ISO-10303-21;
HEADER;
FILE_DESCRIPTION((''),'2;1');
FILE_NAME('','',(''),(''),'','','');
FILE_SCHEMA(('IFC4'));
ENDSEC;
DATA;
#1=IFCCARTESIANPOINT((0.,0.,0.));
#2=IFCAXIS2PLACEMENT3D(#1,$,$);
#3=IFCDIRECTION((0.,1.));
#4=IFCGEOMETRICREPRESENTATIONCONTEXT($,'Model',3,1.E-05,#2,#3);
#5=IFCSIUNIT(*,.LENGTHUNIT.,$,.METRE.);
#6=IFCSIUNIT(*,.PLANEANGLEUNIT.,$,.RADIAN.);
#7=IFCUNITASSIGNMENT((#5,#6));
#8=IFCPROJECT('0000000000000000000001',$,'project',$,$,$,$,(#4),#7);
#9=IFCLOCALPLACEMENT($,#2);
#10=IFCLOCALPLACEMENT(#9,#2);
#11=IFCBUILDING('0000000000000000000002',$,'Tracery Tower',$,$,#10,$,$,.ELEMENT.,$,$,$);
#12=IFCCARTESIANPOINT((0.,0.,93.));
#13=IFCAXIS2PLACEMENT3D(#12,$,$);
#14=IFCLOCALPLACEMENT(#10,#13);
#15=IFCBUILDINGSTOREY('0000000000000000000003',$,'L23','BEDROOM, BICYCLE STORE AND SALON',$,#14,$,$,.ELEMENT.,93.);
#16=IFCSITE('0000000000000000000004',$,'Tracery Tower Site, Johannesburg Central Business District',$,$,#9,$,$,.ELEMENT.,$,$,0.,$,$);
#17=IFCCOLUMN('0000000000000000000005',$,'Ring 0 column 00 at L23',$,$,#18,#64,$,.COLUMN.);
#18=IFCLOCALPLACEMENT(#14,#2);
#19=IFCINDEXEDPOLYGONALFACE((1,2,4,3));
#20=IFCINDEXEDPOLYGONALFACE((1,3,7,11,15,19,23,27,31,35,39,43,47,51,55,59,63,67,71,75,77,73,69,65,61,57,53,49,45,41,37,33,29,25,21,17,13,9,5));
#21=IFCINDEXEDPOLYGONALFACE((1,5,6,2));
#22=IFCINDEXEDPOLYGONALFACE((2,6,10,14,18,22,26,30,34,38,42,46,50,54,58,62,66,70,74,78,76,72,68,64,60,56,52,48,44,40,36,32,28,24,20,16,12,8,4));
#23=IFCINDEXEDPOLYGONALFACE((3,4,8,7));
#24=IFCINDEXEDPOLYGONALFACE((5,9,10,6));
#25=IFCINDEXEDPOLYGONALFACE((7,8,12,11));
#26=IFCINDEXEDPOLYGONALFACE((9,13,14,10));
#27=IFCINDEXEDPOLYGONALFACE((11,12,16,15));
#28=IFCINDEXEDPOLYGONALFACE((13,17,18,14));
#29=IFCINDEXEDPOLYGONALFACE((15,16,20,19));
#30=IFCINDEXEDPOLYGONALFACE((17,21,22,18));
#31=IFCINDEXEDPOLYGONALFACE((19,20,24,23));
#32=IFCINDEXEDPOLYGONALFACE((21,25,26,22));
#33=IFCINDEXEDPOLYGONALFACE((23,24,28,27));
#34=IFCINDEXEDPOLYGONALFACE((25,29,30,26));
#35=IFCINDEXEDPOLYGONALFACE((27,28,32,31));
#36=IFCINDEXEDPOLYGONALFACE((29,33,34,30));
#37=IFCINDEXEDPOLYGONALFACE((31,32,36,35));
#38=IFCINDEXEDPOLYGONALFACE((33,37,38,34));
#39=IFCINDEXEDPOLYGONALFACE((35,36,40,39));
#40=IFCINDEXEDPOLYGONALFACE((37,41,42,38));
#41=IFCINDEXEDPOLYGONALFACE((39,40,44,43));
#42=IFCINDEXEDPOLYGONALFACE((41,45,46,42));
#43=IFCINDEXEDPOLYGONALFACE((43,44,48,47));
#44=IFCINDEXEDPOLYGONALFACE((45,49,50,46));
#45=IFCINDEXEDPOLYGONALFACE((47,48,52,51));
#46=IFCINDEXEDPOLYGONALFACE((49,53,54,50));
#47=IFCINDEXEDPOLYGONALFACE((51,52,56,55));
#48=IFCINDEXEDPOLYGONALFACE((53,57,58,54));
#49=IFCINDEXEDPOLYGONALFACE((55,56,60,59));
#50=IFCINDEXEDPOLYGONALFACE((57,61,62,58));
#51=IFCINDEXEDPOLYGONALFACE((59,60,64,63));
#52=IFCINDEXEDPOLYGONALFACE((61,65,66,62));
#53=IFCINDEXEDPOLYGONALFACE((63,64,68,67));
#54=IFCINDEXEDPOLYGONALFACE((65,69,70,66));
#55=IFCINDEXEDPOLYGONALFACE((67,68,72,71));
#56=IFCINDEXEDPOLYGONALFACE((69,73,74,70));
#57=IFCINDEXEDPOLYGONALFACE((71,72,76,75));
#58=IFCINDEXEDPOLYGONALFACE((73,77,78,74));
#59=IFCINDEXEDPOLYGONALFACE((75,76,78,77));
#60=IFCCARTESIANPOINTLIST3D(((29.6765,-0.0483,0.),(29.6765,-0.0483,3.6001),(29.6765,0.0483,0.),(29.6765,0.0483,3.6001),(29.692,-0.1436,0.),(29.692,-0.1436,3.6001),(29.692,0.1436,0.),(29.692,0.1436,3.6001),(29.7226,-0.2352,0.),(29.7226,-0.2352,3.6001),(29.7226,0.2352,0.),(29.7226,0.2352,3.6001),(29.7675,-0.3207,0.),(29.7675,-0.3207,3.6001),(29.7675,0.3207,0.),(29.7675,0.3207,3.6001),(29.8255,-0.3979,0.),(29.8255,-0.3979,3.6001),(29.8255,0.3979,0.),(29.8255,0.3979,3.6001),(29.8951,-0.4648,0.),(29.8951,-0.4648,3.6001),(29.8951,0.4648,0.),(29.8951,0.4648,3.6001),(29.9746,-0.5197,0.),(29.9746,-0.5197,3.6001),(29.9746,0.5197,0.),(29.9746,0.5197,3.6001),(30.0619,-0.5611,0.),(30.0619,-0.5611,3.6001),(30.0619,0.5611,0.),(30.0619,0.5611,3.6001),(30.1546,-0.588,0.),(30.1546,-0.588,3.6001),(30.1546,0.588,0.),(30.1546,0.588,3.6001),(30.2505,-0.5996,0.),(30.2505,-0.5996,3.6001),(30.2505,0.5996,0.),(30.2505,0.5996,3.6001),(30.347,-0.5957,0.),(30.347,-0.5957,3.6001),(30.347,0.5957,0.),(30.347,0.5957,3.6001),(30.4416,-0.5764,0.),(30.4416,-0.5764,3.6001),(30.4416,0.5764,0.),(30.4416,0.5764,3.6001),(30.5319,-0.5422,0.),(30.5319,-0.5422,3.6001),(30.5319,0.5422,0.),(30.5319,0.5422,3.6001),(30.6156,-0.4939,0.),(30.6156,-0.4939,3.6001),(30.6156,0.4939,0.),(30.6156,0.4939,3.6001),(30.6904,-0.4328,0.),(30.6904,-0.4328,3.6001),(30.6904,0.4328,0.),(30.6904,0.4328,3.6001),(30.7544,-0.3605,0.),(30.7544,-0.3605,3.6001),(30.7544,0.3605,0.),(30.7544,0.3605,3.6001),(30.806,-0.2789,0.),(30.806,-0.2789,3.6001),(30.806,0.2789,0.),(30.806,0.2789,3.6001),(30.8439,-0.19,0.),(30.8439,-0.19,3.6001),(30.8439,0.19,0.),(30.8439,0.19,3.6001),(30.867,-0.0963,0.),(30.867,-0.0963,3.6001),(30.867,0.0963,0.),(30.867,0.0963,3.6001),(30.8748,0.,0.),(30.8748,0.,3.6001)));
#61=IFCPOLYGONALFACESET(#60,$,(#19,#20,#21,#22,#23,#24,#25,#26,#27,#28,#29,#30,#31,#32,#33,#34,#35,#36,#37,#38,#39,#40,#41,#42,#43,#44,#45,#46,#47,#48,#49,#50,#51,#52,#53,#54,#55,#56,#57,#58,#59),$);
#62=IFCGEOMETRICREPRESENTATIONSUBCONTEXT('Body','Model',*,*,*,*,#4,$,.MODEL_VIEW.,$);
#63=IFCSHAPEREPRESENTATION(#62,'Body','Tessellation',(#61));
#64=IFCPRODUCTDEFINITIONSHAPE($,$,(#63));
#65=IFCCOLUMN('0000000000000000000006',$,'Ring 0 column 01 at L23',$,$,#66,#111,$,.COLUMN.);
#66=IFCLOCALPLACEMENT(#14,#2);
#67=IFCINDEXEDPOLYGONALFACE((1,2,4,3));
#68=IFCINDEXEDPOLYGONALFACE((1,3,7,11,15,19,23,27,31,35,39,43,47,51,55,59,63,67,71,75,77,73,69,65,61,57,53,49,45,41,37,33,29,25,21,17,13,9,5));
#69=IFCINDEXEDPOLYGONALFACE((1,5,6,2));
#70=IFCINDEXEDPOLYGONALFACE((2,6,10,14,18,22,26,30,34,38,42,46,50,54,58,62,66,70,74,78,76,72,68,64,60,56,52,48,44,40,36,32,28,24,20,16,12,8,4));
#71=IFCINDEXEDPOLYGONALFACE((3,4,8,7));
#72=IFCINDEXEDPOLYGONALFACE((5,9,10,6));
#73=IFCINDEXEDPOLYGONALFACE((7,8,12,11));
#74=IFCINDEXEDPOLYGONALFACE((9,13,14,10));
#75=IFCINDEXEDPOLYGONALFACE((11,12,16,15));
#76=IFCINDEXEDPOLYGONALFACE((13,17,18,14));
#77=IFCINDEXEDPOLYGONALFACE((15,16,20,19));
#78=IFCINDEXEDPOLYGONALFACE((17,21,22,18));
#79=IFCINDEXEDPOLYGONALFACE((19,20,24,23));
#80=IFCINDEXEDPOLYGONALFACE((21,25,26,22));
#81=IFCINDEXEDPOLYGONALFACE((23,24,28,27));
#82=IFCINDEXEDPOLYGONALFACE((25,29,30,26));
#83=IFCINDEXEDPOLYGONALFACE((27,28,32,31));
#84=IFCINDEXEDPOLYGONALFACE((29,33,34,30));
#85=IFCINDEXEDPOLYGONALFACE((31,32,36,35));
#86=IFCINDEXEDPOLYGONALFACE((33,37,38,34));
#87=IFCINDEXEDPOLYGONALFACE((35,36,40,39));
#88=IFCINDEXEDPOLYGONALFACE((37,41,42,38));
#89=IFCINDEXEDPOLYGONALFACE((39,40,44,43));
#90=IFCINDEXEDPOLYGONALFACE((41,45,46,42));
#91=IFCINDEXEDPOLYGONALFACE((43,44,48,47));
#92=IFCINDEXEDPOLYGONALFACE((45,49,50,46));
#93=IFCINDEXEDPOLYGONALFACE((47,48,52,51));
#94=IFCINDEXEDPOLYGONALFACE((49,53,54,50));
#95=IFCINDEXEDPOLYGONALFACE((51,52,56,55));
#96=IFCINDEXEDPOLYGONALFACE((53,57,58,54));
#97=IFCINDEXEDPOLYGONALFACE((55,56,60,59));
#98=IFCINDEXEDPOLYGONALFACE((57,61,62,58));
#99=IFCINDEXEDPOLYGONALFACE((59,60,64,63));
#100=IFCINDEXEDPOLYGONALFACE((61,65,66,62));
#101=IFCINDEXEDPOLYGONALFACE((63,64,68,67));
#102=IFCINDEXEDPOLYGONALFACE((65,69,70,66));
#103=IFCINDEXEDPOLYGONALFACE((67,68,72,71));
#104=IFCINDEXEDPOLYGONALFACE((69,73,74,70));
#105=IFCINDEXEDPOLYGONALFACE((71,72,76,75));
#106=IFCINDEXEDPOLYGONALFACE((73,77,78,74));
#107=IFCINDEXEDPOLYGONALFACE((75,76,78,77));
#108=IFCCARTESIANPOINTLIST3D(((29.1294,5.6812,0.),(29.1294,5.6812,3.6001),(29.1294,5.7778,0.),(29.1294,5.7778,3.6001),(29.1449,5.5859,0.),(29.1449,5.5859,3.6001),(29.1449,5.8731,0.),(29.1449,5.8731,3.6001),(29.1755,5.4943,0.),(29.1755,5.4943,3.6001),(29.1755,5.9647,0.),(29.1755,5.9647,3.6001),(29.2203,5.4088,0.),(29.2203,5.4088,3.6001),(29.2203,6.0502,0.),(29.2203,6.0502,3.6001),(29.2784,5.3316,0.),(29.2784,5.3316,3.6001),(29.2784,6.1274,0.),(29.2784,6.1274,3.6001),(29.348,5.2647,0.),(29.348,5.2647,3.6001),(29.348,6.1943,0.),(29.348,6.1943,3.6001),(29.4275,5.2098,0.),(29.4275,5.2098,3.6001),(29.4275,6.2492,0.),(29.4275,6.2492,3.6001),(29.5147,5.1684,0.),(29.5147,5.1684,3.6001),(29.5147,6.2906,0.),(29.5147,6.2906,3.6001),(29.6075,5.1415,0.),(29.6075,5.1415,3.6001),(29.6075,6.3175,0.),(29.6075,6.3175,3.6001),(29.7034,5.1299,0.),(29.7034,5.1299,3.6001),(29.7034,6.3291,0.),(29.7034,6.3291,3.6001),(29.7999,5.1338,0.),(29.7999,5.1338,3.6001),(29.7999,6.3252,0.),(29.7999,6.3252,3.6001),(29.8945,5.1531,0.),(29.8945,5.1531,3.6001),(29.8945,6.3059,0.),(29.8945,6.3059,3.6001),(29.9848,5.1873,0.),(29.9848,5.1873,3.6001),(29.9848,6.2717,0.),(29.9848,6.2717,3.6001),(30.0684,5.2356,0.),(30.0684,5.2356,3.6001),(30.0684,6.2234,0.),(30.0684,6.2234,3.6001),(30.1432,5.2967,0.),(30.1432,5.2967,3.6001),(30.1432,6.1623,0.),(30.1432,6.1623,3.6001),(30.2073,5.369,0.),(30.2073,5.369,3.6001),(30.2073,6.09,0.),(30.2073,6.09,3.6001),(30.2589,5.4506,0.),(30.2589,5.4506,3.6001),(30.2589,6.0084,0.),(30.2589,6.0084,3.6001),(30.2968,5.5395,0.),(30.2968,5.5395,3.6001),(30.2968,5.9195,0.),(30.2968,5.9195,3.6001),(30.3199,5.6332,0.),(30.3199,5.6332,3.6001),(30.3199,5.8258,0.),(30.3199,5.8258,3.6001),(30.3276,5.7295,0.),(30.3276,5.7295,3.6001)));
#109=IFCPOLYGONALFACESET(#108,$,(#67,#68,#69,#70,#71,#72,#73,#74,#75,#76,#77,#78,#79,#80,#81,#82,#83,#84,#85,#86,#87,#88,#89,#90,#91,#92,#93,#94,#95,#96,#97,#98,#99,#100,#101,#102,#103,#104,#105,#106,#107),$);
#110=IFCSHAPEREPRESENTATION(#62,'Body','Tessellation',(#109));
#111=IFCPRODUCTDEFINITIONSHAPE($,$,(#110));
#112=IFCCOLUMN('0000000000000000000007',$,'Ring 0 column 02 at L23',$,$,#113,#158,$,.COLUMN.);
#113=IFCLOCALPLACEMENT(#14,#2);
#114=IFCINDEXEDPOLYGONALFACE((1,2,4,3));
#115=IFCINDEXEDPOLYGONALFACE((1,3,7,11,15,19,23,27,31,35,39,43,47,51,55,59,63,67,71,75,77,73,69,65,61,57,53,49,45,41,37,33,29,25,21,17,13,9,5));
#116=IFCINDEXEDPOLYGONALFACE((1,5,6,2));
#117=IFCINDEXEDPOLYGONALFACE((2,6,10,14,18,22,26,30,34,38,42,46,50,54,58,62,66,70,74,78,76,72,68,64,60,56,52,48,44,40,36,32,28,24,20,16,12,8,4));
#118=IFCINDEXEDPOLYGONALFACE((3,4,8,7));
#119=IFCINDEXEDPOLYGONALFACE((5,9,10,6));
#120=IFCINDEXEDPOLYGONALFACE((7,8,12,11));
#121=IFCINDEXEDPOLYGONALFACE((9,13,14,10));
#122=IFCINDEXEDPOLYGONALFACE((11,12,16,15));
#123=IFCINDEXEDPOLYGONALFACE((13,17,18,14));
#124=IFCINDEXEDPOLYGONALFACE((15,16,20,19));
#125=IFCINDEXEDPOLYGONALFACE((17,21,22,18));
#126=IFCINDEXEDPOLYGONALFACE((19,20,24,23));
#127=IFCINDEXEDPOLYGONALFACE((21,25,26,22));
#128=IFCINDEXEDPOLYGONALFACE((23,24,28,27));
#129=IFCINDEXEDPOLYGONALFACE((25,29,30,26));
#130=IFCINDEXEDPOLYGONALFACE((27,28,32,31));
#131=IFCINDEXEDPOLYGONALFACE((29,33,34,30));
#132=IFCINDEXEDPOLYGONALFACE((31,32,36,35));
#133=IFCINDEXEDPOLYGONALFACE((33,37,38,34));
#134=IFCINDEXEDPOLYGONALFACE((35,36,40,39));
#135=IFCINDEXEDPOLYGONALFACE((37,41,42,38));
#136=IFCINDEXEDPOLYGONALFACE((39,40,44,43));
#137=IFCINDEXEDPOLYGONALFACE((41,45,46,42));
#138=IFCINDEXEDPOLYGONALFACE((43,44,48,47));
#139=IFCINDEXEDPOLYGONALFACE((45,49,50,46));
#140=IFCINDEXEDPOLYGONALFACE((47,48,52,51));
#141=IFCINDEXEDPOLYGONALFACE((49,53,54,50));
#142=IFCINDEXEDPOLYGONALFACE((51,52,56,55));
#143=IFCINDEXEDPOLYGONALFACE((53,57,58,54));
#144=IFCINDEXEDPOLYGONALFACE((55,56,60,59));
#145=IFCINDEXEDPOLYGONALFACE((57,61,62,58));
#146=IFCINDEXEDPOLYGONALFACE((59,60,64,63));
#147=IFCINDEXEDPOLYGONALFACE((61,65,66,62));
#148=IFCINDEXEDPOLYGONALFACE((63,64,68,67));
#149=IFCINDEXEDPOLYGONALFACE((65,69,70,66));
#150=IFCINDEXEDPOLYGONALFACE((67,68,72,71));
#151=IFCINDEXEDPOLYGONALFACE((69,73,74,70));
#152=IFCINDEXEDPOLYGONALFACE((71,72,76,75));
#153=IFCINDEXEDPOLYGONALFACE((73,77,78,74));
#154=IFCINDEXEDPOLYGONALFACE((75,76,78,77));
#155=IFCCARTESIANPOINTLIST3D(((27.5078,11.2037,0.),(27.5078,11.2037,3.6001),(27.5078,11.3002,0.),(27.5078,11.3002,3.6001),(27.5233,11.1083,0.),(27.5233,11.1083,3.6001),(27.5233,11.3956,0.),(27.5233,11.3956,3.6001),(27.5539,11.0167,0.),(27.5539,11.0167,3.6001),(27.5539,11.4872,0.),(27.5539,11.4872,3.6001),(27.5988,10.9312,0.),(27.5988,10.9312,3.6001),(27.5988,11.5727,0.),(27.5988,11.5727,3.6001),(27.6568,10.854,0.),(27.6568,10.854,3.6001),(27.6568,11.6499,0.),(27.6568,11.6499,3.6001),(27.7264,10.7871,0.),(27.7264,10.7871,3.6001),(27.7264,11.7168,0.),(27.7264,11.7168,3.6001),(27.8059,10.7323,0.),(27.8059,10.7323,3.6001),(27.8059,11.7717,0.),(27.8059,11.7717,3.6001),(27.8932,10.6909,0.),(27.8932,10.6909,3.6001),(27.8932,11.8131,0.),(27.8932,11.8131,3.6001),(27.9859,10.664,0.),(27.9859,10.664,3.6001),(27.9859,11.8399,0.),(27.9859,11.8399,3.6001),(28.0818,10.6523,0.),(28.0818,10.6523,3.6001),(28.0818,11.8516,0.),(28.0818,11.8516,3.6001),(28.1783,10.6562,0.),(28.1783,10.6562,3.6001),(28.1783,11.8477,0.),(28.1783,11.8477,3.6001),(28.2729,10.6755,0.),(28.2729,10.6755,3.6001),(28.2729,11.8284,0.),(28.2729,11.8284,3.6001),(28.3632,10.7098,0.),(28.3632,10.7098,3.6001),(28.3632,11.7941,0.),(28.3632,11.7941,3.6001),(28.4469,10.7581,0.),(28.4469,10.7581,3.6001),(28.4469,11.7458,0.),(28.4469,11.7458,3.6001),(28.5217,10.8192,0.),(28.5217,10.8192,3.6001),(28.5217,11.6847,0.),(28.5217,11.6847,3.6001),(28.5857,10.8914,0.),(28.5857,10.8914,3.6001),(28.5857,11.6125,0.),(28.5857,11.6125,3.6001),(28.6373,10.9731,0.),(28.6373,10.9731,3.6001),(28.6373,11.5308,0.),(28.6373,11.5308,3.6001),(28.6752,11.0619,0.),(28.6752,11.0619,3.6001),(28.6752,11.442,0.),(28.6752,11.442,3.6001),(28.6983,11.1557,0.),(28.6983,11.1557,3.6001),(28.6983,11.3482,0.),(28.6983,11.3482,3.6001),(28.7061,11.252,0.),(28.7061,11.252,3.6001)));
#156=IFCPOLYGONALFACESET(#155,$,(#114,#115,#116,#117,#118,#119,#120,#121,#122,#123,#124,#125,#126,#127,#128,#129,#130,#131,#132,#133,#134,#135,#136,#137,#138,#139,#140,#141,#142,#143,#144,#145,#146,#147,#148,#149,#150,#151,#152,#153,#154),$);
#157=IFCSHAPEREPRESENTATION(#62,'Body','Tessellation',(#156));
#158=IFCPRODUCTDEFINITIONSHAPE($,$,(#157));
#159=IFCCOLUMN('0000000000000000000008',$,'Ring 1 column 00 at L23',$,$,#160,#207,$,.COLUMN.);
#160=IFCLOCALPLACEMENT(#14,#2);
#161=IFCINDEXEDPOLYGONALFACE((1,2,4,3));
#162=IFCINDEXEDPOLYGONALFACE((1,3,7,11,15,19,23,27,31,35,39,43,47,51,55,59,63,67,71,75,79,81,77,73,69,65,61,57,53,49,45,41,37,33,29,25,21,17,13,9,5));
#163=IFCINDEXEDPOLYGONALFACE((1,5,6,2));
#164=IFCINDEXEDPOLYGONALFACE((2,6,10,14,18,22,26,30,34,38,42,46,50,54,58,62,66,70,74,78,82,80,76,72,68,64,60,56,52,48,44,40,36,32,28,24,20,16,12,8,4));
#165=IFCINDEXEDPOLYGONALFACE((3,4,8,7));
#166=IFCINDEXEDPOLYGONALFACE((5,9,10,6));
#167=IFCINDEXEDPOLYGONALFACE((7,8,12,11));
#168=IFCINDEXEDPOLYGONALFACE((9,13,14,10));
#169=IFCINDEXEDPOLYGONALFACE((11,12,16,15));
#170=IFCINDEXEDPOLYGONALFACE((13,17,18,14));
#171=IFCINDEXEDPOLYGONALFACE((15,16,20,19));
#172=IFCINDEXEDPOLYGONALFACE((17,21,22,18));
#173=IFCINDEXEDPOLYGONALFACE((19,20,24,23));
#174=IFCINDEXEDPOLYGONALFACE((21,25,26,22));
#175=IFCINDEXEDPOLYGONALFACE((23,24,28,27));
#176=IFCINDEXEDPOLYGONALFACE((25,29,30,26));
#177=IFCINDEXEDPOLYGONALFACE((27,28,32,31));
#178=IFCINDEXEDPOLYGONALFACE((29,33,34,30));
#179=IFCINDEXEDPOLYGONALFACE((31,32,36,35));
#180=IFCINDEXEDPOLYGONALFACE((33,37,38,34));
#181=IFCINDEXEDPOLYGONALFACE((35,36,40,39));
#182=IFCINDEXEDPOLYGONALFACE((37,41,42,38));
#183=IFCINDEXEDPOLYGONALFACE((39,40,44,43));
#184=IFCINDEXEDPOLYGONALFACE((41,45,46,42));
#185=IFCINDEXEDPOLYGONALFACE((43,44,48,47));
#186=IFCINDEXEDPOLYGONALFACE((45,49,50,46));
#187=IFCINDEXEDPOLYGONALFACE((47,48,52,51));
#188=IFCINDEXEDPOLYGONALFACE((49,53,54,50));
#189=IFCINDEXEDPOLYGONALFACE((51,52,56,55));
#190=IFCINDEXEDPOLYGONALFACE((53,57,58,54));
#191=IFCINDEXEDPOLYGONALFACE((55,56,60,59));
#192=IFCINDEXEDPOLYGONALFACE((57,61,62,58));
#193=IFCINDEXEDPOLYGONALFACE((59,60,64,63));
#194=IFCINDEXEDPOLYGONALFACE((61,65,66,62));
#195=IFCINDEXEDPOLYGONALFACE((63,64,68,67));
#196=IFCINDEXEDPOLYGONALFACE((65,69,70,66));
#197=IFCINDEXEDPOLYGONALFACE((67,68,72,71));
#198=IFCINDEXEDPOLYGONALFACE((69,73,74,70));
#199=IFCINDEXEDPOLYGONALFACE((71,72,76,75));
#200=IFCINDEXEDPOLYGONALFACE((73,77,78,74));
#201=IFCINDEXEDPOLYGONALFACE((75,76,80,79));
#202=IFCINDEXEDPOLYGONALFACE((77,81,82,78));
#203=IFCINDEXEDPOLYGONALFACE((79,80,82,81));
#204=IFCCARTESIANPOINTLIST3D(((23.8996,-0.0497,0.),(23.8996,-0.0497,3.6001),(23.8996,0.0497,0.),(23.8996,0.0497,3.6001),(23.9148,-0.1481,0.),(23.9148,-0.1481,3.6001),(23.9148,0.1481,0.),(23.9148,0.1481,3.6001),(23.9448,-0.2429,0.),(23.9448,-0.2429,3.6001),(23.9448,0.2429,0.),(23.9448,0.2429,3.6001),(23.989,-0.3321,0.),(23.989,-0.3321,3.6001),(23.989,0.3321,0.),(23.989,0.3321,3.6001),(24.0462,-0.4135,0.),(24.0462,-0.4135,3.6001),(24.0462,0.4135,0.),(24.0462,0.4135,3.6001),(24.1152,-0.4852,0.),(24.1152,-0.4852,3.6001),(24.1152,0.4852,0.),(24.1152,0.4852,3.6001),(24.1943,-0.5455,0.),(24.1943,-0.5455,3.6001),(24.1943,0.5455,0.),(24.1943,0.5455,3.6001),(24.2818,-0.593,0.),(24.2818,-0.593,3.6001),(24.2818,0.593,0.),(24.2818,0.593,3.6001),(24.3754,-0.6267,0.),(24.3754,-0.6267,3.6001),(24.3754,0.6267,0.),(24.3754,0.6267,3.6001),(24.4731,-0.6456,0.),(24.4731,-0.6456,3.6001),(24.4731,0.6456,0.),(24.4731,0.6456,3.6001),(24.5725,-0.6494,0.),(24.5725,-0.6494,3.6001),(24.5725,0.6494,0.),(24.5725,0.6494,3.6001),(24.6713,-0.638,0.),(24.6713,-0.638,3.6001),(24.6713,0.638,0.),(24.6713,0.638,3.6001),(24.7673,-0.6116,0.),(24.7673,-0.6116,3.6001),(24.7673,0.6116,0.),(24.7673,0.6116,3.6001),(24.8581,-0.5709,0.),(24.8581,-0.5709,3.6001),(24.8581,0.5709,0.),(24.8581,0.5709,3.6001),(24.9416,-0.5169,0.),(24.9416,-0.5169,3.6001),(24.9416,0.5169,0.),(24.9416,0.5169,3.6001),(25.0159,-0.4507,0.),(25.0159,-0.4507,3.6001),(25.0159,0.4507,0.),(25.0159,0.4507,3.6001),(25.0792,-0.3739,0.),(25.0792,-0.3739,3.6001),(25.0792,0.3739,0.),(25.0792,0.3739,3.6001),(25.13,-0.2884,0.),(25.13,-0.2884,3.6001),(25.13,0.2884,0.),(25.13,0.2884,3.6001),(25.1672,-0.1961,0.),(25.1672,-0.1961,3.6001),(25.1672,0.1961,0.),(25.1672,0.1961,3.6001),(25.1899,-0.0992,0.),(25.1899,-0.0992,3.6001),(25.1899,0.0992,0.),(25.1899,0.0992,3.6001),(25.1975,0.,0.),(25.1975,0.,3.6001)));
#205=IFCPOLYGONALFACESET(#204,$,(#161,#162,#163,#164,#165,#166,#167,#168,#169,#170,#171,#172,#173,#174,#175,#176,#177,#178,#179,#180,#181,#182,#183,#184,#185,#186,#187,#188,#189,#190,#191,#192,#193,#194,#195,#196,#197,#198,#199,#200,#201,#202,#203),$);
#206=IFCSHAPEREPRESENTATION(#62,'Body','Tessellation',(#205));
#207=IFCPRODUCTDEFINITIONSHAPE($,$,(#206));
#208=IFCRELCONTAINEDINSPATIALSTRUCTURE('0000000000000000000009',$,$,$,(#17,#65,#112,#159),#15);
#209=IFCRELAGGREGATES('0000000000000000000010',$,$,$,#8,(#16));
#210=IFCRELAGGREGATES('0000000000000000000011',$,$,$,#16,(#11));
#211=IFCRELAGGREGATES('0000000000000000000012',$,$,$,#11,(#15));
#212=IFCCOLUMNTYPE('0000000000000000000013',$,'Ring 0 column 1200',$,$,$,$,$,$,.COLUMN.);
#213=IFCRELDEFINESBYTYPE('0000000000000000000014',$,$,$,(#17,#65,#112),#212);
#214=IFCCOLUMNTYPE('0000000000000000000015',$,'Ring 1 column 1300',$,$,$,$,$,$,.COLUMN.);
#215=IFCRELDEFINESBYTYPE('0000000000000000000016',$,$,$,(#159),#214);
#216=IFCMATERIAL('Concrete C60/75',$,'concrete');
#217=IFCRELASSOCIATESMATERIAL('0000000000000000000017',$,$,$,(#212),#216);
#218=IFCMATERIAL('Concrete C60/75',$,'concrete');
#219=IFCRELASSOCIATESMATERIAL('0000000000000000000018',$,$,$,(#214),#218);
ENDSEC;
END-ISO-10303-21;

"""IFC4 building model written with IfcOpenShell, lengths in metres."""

from ifc_helpers import new_model, si_unit, direction, frame, origin, origin_2d, place, context, subcontext, project, spatial, circle, extrude, material, material_profile, profile_set, type_object, element, save


model = new_model("IFC4")

# Units and contexts
model_context = context("Model", 3, precision=1e-05, world=origin(), true_north=direction((0.0, 1.0)))
body_context = subcontext(model_context, "Body", "Model", "MODEL_VIEW")
ifc_project = project(units=[si_unit("LENGTHUNIT", "METRE"), si_unit("PLANEANGLEUNIT", "RADIAN")], contexts=[model_context])

# Site, building, storey
site_placement = place(None, origin())
site = spatial("IfcSite", under=ifc_project, at=site_placement, Name="Tracery Tower Site, Johannesburg Central Business District", CompositionType="ELEMENT", RefElevation=0.0)
building_placement = place(site_placement, origin())
building = spatial("IfcBuilding", under=site, at=building_placement, Name="Tracery Tower", CompositionType="ELEMENT")
storey_placement = place(building_placement, frame((0.0, 0.0, 93.0)))
storey = spatial("IfcBuildingStorey", under=building, at=storey_placement, Name="L23", Description="BEDROOM, BICYCLE STORE AND SALON", CompositionType="ELEMENT", Elevation=93.0)

# Columns
ifc_material_1 = material(Name="Concrete C60/75", Category="concrete")
ifc_material_profile_1 = material_profile(ifc_material_1, circle(Radius=0.6001, at=origin_2d()), Name="RC D1200")
ifc_profile_set_1 = profile_set([ifc_material_profile_1], Name="Concrete C60/75")
column_type_1 = type_object("IfcColumnType", Name="Ring 0 column 1200", PredefinedType="COLUMN", material=ifc_profile_set_1)
for number, where, z_axis, x_axis, name in (
    (1, (30.2747, 0.0, 0.0), (0.0, 0.0, 1.0), (1.0, 0.0, 0.0), "Ring 0 column 00 at L23"),
    (2, (29.7275, 5.7295, 0.0), (0.0, 0.0, 1.0), (1.0, 0.0, 0.0), "Ring 0 column 01 at L23"),
    (3, (28.106, 11.252, 0.0), (0.0, 0.0, 1.0), (1.0, 0.0, 0.0), "Ring 0 column 02 at L23"),
):
    element("IfcColumn", number, at=place(storey_placement, frame(where, z_axis=z_axis, x_axis=x_axis)), inside=storey, type_object=column_type_1, Name=name, PredefinedType="COLUMN", context=body_context, shape_type="SweptSolid", body=[
        extrude(circle(Radius=0.6001, at=origin_2d()), origin(), (0.0, 0.0, 1.0), 3.6001),
    ])
ifc_material_2 = material(Name="Concrete C60/75", Category="concrete")
ifc_material_profile_2 = material_profile(ifc_material_2, circle(Radius=0.6499, at=origin_2d()), Name="RC D1300")
ifc_profile_set_2 = profile_set([ifc_material_profile_2], Name="Concrete C60/75")
column_type_2 = type_object("IfcColumnType", Name="Ring 1 column 1300", PredefinedType="COLUMN", material=ifc_profile_set_2)
for number, where, z_axis, x_axis, name in (
    (4, (24.5476, 0.0, 0.0), (0.0, 0.0, 1.0), (1.0, 0.0, 0.0), "Ring 1 column 00 at L23"),
):
    element("IfcColumn", number, at=place(storey_placement, frame(where, z_axis=z_axis, x_axis=x_axis)), inside=storey, type_object=column_type_2, Name=name, PredefinedType="COLUMN", context=body_context, shape_type="SweptSolid", body=[
        extrude(circle(Radius=0.6499, at=origin_2d()), origin(), (0.0, 0.0, 1.0), 3.6001),
    ])

save(model, "model.ifc")
